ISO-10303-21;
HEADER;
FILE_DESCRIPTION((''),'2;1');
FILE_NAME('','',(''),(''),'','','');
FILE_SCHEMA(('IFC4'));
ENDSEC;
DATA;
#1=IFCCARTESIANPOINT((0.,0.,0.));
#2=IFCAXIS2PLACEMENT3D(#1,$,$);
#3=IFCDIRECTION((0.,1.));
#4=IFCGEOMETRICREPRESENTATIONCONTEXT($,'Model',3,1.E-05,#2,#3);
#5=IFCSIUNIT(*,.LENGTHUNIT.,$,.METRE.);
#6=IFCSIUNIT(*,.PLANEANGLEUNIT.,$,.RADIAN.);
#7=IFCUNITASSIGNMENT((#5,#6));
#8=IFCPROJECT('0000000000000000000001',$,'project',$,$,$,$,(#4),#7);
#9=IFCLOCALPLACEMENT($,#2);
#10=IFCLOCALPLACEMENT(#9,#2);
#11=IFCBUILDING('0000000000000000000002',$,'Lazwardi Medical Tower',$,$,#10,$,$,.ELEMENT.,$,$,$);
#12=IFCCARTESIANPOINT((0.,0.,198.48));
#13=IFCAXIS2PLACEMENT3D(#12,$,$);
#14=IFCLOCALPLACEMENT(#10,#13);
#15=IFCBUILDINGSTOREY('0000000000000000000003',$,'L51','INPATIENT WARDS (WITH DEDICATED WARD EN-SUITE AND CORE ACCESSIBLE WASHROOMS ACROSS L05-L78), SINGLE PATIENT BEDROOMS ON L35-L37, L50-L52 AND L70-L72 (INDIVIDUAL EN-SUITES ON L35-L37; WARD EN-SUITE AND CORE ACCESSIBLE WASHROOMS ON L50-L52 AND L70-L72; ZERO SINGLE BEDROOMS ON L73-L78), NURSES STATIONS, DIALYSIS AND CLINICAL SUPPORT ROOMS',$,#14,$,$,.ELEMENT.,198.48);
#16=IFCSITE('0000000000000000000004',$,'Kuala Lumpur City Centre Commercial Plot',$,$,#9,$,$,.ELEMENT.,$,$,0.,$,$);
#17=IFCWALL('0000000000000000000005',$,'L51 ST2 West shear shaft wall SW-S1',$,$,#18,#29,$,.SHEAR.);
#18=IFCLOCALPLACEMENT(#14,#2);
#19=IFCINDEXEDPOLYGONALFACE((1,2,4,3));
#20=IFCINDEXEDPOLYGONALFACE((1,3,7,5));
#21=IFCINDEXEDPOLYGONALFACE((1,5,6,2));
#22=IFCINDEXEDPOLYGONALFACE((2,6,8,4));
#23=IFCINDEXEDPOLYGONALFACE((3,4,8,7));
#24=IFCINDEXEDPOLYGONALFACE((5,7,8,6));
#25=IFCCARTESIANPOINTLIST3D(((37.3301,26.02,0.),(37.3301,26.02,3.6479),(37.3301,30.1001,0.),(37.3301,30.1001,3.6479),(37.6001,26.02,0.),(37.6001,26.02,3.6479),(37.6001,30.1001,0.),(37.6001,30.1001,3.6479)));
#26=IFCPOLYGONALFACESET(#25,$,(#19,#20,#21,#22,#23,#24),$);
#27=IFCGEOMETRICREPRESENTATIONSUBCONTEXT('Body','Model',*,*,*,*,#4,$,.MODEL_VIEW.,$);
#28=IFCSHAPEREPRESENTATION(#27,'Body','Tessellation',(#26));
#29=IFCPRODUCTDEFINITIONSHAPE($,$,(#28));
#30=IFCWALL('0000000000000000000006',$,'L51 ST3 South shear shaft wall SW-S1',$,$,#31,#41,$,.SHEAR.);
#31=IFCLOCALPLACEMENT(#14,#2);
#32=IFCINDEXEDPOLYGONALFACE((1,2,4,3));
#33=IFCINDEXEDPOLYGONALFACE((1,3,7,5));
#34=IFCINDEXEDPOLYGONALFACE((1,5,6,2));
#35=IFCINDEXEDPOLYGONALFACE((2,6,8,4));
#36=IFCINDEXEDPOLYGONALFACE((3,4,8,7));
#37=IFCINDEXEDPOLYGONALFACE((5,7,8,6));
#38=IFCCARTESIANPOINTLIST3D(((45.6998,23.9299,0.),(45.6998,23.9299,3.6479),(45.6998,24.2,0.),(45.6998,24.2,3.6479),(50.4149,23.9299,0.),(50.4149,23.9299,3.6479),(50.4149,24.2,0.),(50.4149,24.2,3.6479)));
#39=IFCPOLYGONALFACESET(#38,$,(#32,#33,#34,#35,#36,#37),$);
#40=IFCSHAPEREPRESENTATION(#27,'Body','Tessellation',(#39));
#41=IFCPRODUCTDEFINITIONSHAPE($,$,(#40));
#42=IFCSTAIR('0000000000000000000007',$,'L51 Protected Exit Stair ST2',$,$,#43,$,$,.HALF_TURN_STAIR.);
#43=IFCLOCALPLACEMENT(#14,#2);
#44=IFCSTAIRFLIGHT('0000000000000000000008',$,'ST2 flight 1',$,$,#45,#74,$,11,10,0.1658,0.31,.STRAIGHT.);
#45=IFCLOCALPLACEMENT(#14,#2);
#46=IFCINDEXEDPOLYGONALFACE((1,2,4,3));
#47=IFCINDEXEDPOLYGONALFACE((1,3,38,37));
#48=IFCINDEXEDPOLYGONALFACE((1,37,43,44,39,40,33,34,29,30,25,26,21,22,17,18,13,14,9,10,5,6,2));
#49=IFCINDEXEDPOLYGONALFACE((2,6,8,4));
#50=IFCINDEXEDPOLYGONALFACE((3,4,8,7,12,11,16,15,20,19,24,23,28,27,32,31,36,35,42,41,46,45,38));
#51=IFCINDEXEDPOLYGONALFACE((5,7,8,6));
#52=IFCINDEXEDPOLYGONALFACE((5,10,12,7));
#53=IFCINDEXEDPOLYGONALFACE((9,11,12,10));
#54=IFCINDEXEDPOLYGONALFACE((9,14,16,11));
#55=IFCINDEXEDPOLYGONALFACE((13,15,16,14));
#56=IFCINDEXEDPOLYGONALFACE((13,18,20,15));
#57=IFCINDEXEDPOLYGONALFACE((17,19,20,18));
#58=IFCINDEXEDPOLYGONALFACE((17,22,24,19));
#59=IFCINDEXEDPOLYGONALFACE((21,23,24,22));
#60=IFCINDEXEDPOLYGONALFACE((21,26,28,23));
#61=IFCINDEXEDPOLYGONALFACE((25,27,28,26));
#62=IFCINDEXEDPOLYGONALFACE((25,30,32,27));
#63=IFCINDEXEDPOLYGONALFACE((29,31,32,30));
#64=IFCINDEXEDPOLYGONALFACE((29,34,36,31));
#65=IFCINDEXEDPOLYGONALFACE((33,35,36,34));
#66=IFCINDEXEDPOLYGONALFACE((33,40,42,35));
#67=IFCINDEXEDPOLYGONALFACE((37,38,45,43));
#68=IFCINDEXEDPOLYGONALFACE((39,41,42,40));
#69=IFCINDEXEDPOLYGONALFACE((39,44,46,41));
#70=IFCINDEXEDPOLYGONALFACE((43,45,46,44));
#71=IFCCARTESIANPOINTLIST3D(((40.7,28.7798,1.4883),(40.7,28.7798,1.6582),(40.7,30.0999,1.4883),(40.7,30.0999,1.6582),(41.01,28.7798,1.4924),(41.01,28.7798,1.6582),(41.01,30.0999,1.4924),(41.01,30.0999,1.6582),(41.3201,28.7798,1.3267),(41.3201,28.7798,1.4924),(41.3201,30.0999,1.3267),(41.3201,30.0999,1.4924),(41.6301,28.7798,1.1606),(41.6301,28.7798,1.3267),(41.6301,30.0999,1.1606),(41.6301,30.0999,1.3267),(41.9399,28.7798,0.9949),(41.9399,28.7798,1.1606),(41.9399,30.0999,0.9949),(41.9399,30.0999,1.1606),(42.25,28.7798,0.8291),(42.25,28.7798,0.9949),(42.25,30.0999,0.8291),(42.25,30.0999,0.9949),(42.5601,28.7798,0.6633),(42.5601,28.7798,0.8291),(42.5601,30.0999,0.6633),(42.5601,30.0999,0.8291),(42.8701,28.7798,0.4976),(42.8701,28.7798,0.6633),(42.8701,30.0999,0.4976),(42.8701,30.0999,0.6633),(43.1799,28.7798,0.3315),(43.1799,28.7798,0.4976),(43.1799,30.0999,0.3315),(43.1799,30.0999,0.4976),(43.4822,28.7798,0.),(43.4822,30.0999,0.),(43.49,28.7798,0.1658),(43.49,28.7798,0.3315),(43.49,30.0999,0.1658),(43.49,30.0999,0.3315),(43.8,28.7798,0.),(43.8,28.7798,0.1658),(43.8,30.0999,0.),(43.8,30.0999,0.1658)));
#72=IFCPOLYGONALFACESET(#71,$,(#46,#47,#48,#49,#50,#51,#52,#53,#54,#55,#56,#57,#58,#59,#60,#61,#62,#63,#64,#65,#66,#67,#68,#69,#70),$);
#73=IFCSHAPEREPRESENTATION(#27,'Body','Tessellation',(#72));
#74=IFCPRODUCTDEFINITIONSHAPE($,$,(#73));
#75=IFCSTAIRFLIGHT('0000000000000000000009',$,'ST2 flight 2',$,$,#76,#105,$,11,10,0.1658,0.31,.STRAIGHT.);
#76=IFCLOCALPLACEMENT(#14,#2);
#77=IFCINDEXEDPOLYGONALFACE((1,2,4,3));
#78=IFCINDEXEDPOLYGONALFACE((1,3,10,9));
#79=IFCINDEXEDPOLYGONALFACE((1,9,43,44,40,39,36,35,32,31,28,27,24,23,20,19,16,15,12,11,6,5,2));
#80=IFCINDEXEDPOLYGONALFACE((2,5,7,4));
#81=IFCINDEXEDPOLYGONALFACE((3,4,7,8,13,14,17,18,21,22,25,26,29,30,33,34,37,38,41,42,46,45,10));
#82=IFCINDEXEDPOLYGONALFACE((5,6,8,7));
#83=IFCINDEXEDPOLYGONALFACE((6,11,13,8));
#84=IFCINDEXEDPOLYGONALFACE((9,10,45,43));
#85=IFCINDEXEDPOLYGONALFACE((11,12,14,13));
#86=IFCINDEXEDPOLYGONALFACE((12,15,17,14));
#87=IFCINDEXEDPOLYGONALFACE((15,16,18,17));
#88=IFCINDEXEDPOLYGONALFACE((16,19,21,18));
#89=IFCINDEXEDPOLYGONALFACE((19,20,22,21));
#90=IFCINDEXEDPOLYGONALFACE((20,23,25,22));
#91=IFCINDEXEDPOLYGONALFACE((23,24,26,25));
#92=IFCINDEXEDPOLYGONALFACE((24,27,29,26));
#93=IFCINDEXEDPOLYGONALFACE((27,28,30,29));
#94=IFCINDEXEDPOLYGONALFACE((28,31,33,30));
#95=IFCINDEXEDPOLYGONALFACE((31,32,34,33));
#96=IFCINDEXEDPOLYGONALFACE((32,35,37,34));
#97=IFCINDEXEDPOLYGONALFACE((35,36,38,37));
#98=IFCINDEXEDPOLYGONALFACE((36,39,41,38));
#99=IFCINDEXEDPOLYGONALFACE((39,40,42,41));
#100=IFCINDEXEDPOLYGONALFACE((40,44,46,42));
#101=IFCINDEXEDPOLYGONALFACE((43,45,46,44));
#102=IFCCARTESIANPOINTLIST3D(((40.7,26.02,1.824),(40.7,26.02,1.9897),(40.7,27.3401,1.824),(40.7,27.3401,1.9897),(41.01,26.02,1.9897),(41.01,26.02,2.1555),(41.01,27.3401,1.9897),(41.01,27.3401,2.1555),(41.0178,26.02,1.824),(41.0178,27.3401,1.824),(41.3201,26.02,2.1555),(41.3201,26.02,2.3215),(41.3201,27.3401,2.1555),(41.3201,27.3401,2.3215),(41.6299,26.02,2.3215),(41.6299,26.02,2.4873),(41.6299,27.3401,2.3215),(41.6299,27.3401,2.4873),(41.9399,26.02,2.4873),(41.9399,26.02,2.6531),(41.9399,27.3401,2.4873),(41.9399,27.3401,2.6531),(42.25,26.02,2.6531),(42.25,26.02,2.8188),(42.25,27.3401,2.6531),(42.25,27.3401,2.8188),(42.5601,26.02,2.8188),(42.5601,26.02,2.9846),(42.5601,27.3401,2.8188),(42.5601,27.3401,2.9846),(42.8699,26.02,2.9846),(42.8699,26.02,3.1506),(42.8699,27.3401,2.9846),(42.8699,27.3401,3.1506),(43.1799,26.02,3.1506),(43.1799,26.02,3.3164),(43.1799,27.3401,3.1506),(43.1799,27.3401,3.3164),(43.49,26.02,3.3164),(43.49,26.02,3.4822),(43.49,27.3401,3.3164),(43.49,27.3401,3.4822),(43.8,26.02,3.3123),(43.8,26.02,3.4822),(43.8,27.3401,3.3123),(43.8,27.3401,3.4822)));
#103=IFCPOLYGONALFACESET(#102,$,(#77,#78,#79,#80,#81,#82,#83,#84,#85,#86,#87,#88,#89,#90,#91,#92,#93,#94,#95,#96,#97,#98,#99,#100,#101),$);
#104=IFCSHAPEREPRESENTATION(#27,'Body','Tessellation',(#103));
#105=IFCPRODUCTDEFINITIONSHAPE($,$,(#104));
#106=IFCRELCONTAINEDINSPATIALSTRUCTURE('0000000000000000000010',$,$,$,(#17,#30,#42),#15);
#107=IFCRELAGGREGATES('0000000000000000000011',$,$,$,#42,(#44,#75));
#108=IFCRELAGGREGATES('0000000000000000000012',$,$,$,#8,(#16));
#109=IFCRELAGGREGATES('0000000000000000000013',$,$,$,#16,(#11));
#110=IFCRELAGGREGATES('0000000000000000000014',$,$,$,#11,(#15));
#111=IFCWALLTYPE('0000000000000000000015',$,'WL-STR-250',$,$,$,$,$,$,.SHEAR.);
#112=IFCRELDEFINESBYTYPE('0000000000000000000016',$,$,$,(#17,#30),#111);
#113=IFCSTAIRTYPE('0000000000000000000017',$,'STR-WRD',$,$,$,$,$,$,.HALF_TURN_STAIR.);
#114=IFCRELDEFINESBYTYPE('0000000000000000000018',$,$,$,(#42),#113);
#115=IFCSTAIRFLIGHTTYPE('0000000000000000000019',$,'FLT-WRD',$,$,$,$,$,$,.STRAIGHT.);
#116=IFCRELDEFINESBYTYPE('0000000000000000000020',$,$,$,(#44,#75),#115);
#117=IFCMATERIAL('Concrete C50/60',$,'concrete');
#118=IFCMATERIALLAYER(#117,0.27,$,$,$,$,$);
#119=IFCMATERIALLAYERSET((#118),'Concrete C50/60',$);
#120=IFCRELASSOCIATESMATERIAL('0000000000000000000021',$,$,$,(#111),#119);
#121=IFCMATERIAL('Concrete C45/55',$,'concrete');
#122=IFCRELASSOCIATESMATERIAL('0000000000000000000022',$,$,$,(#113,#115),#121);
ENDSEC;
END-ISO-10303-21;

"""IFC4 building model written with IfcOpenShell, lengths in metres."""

from ifc_helpers import new_model, si_unit, direction, frame, frame_2d, origin, place, context, subcontext, project, spatial, polyline, rectangle, outline, extrude, material, layer, layer_set, type_object, element, aggregate, save


model = new_model("IFC4")

# Units and contexts
model_context = context("Model", 3, precision=1e-05, world=origin(), true_north=direction((0.0, 1.0)))
body_context = subcontext(model_context, "Body", "Model", "MODEL_VIEW")
ifc_project = project(units=[si_unit("LENGTHUNIT", "METRE"), si_unit("PLANEANGLEUNIT", "RADIAN")], contexts=[model_context])

# Site, building, storey
site_placement = place(None, origin())
site = spatial("IfcSite", under=ifc_project, at=site_placement, Name="Kuala Lumpur City Centre Commercial Plot", CompositionType="ELEMENT", RefElevation=0.0)
building_placement = place(site_placement, origin())
building = spatial("IfcBuilding", under=site, at=building_placement, Name="Lazwardi Medical Tower", CompositionType="ELEMENT")
storey_placement = place(building_placement, frame((0.0, 0.0, 198.48)))
storey = spatial("IfcBuildingStorey", under=building, at=storey_placement, Name="L51", Description="INPATIENT WARDS (WITH DEDICATED WARD EN-SUITE AND CORE ACCESSIBLE WASHROOMS ACROSS L05-L78), SINGLE PATIENT BEDROOMS ON L35-L37, L50-L52 AND L70-L72 (INDIVIDUAL EN-SUITES ON L35-L37; WARD EN-SUITE AND CORE ACCESSIBLE WASHROOMS ON L50-L52 AND L70-L72; ZERO SINGLE BEDROOMS ON L73-L78), NURSES STATIONS, DIALYSIS AND CLINICAL SUPPORT ROOMS", CompositionType="ELEMENT", Elevation=198.48)

# Shared definitions
ifc_material_1 = material(Name="Concrete C50/60", Category="concrete")
ifc_layer_1 = layer(ifc_material_1, 0.27)
ifc_layer_set_1 = layer_set([ifc_layer_1], Name="Concrete C50/60")
wall_type_1 = type_object("IfcWallType", Name="WL-STR-250", PredefinedType="SHEAR", material=ifc_layer_set_1)

# Walls
wall_1_placement = place(storey_placement, frame((37.4651, 26.02, 0.0), z_axis=(0.0, 0.0, 1.0), x_axis=(0.0, 1.0, 0.0)))
element("IfcWall", 1, at=wall_1_placement, inside=storey, type_object=wall_type_1, Name="L51 ST2 West shear shaft wall SW-S1", PredefinedType="SHEAR", context=body_context, shape_type="SweptSolid", body=[
    extrude(rectangle(XDim=4.0801, YDim=0.27, at=frame_2d((2.04, 0.0))), origin(), (0.0, 0.0, 1.0), 3.6479),
])
wall_2_placement = place(storey_placement, frame((45.7, 24.0649, 0.0), z_axis=(0.0, 0.0, 1.0), x_axis=(1.0, 0.0, 0.0)))
element("IfcWall", 2, at=wall_2_placement, inside=storey, type_object=wall_type_1, Name="L51 ST3 South shear shaft wall SW-S1", PredefinedType="SHEAR", context=body_context, shape_type="SweptSolid", body=[
    extrude(rectangle(XDim=4.7151, YDim=0.27, at=frame_2d((2.3574, 0.0))), origin(), (0.0, 0.0, 1.0), 3.6479),
])

# Stair, stair flights
ifc_material_2 = material(Name="Concrete C45/55", Category="concrete")
stair_type = type_object("IfcStairType", Name="STR-WRD", PredefinedType="HALF_TURN_STAIR", material=ifc_material_2)
stair_placement = place(storey_placement, origin())
stair = element("IfcStair", 3, at=stair_placement, inside=storey, type_object=stair_type, Name="L51 Protected Exit Stair ST2", PredefinedType="HALF_TURN_STAIR")
stair_flight_type = type_object("IfcStairFlightType", Name="FLT-WRD", PredefinedType="STRAIGHT", material=ifc_material_2)
stair_flight_1_placement = place(storey_placement, frame((43.8, 29.4399, 0.0), z_axis=(0.0, 0.0, 1.0), x_axis=(-1.0, 0.0, 0.0)))
stair_flight_1 = element("IfcStairFlight", 4, at=stair_flight_1_placement, type_object=stair_flight_type, Name="ST2 flight 1", NumberOfRisers=11, NumberOfTreads=10, PredefinedType="STRAIGHT", RiserHeight=0.1658, TreadLength=0.31, context=body_context, shape_type="SweptSolid", body=[
    extrude(outline(polyline([(0.0, 0.0), (0.0, 0.1658), (0.3101, 0.1658), (0.3101, 0.3315), (0.6201, 0.3315), (0.6201, 0.4976), (0.9299, 0.4976), (0.9299, 0.6633), (1.24, 0.6633), (1.24, 0.8291), (1.55, 0.8291), (1.55, 0.9949), (1.8601, 0.9949), (1.8601, 1.1606), (2.1699, 1.1606), (2.1699, 1.3267), (2.48, 1.3267), (2.48, 1.4924), (2.79, 1.4924), (2.79, 1.6582), (3.1001, 1.6582), (3.1001, 1.824), (3.1001, 1.4883), (0.3179, 0.0), (0.0, 0.0)])), frame((0.0, 0.6602, 0.0), z_axis=(0.0, -1.0, 0.0), x_axis=(1.0, 0.0, 0.0)), (0.0, 0.0, 1.0), 1.3201),
])
stair_flight_2_placement = place(storey_placement, frame((40.7, 26.6799, 1.824), z_axis=(0.0, 0.0, 1.0), x_axis=(1.0, 0.0, 0.0)))
stair_flight_2 = element("IfcStairFlight", 5, at=stair_flight_2_placement, type_object=stair_flight_type, Name="ST2 flight 2", NumberOfRisers=11, NumberOfTreads=10, PredefinedType="STRAIGHT", RiserHeight=0.1658, TreadLength=0.31, context=body_context, shape_type="SweptSolid", body=[
    extrude(outline(polyline([(0.0, 0.0), (0.0, 0.1658), (0.3101, 0.1658), (0.3101, 0.3315), (0.6201, 0.3315), (0.6201, 0.4976), (0.9299, 0.4976), (0.9299, 0.6633), (1.24, 0.6633), (1.24, 0.8291), (1.55, 0.8291), (1.55, 0.9949), (1.8601, 0.9949), (1.8601, 1.1606), (2.1699, 1.1606), (2.1699, 1.3267), (2.48, 1.3267), (2.48, 1.4924), (2.79, 1.4924), (2.79, 1.6582), (3.1001, 1.6582), (3.1001, 1.824), (3.1001, 1.4883), (0.3179, 0.0), (0.0, 0.0)])), frame((0.0, 0.6602, 0.0), z_axis=(0.0, -1.0, 0.0), x_axis=(1.0, 0.0, 0.0)), (0.0, 0.0, 1.0), 1.3201),
])
aggregate(stair, [stair_flight_1, stair_flight_2])

save(model, "model.ifc")
